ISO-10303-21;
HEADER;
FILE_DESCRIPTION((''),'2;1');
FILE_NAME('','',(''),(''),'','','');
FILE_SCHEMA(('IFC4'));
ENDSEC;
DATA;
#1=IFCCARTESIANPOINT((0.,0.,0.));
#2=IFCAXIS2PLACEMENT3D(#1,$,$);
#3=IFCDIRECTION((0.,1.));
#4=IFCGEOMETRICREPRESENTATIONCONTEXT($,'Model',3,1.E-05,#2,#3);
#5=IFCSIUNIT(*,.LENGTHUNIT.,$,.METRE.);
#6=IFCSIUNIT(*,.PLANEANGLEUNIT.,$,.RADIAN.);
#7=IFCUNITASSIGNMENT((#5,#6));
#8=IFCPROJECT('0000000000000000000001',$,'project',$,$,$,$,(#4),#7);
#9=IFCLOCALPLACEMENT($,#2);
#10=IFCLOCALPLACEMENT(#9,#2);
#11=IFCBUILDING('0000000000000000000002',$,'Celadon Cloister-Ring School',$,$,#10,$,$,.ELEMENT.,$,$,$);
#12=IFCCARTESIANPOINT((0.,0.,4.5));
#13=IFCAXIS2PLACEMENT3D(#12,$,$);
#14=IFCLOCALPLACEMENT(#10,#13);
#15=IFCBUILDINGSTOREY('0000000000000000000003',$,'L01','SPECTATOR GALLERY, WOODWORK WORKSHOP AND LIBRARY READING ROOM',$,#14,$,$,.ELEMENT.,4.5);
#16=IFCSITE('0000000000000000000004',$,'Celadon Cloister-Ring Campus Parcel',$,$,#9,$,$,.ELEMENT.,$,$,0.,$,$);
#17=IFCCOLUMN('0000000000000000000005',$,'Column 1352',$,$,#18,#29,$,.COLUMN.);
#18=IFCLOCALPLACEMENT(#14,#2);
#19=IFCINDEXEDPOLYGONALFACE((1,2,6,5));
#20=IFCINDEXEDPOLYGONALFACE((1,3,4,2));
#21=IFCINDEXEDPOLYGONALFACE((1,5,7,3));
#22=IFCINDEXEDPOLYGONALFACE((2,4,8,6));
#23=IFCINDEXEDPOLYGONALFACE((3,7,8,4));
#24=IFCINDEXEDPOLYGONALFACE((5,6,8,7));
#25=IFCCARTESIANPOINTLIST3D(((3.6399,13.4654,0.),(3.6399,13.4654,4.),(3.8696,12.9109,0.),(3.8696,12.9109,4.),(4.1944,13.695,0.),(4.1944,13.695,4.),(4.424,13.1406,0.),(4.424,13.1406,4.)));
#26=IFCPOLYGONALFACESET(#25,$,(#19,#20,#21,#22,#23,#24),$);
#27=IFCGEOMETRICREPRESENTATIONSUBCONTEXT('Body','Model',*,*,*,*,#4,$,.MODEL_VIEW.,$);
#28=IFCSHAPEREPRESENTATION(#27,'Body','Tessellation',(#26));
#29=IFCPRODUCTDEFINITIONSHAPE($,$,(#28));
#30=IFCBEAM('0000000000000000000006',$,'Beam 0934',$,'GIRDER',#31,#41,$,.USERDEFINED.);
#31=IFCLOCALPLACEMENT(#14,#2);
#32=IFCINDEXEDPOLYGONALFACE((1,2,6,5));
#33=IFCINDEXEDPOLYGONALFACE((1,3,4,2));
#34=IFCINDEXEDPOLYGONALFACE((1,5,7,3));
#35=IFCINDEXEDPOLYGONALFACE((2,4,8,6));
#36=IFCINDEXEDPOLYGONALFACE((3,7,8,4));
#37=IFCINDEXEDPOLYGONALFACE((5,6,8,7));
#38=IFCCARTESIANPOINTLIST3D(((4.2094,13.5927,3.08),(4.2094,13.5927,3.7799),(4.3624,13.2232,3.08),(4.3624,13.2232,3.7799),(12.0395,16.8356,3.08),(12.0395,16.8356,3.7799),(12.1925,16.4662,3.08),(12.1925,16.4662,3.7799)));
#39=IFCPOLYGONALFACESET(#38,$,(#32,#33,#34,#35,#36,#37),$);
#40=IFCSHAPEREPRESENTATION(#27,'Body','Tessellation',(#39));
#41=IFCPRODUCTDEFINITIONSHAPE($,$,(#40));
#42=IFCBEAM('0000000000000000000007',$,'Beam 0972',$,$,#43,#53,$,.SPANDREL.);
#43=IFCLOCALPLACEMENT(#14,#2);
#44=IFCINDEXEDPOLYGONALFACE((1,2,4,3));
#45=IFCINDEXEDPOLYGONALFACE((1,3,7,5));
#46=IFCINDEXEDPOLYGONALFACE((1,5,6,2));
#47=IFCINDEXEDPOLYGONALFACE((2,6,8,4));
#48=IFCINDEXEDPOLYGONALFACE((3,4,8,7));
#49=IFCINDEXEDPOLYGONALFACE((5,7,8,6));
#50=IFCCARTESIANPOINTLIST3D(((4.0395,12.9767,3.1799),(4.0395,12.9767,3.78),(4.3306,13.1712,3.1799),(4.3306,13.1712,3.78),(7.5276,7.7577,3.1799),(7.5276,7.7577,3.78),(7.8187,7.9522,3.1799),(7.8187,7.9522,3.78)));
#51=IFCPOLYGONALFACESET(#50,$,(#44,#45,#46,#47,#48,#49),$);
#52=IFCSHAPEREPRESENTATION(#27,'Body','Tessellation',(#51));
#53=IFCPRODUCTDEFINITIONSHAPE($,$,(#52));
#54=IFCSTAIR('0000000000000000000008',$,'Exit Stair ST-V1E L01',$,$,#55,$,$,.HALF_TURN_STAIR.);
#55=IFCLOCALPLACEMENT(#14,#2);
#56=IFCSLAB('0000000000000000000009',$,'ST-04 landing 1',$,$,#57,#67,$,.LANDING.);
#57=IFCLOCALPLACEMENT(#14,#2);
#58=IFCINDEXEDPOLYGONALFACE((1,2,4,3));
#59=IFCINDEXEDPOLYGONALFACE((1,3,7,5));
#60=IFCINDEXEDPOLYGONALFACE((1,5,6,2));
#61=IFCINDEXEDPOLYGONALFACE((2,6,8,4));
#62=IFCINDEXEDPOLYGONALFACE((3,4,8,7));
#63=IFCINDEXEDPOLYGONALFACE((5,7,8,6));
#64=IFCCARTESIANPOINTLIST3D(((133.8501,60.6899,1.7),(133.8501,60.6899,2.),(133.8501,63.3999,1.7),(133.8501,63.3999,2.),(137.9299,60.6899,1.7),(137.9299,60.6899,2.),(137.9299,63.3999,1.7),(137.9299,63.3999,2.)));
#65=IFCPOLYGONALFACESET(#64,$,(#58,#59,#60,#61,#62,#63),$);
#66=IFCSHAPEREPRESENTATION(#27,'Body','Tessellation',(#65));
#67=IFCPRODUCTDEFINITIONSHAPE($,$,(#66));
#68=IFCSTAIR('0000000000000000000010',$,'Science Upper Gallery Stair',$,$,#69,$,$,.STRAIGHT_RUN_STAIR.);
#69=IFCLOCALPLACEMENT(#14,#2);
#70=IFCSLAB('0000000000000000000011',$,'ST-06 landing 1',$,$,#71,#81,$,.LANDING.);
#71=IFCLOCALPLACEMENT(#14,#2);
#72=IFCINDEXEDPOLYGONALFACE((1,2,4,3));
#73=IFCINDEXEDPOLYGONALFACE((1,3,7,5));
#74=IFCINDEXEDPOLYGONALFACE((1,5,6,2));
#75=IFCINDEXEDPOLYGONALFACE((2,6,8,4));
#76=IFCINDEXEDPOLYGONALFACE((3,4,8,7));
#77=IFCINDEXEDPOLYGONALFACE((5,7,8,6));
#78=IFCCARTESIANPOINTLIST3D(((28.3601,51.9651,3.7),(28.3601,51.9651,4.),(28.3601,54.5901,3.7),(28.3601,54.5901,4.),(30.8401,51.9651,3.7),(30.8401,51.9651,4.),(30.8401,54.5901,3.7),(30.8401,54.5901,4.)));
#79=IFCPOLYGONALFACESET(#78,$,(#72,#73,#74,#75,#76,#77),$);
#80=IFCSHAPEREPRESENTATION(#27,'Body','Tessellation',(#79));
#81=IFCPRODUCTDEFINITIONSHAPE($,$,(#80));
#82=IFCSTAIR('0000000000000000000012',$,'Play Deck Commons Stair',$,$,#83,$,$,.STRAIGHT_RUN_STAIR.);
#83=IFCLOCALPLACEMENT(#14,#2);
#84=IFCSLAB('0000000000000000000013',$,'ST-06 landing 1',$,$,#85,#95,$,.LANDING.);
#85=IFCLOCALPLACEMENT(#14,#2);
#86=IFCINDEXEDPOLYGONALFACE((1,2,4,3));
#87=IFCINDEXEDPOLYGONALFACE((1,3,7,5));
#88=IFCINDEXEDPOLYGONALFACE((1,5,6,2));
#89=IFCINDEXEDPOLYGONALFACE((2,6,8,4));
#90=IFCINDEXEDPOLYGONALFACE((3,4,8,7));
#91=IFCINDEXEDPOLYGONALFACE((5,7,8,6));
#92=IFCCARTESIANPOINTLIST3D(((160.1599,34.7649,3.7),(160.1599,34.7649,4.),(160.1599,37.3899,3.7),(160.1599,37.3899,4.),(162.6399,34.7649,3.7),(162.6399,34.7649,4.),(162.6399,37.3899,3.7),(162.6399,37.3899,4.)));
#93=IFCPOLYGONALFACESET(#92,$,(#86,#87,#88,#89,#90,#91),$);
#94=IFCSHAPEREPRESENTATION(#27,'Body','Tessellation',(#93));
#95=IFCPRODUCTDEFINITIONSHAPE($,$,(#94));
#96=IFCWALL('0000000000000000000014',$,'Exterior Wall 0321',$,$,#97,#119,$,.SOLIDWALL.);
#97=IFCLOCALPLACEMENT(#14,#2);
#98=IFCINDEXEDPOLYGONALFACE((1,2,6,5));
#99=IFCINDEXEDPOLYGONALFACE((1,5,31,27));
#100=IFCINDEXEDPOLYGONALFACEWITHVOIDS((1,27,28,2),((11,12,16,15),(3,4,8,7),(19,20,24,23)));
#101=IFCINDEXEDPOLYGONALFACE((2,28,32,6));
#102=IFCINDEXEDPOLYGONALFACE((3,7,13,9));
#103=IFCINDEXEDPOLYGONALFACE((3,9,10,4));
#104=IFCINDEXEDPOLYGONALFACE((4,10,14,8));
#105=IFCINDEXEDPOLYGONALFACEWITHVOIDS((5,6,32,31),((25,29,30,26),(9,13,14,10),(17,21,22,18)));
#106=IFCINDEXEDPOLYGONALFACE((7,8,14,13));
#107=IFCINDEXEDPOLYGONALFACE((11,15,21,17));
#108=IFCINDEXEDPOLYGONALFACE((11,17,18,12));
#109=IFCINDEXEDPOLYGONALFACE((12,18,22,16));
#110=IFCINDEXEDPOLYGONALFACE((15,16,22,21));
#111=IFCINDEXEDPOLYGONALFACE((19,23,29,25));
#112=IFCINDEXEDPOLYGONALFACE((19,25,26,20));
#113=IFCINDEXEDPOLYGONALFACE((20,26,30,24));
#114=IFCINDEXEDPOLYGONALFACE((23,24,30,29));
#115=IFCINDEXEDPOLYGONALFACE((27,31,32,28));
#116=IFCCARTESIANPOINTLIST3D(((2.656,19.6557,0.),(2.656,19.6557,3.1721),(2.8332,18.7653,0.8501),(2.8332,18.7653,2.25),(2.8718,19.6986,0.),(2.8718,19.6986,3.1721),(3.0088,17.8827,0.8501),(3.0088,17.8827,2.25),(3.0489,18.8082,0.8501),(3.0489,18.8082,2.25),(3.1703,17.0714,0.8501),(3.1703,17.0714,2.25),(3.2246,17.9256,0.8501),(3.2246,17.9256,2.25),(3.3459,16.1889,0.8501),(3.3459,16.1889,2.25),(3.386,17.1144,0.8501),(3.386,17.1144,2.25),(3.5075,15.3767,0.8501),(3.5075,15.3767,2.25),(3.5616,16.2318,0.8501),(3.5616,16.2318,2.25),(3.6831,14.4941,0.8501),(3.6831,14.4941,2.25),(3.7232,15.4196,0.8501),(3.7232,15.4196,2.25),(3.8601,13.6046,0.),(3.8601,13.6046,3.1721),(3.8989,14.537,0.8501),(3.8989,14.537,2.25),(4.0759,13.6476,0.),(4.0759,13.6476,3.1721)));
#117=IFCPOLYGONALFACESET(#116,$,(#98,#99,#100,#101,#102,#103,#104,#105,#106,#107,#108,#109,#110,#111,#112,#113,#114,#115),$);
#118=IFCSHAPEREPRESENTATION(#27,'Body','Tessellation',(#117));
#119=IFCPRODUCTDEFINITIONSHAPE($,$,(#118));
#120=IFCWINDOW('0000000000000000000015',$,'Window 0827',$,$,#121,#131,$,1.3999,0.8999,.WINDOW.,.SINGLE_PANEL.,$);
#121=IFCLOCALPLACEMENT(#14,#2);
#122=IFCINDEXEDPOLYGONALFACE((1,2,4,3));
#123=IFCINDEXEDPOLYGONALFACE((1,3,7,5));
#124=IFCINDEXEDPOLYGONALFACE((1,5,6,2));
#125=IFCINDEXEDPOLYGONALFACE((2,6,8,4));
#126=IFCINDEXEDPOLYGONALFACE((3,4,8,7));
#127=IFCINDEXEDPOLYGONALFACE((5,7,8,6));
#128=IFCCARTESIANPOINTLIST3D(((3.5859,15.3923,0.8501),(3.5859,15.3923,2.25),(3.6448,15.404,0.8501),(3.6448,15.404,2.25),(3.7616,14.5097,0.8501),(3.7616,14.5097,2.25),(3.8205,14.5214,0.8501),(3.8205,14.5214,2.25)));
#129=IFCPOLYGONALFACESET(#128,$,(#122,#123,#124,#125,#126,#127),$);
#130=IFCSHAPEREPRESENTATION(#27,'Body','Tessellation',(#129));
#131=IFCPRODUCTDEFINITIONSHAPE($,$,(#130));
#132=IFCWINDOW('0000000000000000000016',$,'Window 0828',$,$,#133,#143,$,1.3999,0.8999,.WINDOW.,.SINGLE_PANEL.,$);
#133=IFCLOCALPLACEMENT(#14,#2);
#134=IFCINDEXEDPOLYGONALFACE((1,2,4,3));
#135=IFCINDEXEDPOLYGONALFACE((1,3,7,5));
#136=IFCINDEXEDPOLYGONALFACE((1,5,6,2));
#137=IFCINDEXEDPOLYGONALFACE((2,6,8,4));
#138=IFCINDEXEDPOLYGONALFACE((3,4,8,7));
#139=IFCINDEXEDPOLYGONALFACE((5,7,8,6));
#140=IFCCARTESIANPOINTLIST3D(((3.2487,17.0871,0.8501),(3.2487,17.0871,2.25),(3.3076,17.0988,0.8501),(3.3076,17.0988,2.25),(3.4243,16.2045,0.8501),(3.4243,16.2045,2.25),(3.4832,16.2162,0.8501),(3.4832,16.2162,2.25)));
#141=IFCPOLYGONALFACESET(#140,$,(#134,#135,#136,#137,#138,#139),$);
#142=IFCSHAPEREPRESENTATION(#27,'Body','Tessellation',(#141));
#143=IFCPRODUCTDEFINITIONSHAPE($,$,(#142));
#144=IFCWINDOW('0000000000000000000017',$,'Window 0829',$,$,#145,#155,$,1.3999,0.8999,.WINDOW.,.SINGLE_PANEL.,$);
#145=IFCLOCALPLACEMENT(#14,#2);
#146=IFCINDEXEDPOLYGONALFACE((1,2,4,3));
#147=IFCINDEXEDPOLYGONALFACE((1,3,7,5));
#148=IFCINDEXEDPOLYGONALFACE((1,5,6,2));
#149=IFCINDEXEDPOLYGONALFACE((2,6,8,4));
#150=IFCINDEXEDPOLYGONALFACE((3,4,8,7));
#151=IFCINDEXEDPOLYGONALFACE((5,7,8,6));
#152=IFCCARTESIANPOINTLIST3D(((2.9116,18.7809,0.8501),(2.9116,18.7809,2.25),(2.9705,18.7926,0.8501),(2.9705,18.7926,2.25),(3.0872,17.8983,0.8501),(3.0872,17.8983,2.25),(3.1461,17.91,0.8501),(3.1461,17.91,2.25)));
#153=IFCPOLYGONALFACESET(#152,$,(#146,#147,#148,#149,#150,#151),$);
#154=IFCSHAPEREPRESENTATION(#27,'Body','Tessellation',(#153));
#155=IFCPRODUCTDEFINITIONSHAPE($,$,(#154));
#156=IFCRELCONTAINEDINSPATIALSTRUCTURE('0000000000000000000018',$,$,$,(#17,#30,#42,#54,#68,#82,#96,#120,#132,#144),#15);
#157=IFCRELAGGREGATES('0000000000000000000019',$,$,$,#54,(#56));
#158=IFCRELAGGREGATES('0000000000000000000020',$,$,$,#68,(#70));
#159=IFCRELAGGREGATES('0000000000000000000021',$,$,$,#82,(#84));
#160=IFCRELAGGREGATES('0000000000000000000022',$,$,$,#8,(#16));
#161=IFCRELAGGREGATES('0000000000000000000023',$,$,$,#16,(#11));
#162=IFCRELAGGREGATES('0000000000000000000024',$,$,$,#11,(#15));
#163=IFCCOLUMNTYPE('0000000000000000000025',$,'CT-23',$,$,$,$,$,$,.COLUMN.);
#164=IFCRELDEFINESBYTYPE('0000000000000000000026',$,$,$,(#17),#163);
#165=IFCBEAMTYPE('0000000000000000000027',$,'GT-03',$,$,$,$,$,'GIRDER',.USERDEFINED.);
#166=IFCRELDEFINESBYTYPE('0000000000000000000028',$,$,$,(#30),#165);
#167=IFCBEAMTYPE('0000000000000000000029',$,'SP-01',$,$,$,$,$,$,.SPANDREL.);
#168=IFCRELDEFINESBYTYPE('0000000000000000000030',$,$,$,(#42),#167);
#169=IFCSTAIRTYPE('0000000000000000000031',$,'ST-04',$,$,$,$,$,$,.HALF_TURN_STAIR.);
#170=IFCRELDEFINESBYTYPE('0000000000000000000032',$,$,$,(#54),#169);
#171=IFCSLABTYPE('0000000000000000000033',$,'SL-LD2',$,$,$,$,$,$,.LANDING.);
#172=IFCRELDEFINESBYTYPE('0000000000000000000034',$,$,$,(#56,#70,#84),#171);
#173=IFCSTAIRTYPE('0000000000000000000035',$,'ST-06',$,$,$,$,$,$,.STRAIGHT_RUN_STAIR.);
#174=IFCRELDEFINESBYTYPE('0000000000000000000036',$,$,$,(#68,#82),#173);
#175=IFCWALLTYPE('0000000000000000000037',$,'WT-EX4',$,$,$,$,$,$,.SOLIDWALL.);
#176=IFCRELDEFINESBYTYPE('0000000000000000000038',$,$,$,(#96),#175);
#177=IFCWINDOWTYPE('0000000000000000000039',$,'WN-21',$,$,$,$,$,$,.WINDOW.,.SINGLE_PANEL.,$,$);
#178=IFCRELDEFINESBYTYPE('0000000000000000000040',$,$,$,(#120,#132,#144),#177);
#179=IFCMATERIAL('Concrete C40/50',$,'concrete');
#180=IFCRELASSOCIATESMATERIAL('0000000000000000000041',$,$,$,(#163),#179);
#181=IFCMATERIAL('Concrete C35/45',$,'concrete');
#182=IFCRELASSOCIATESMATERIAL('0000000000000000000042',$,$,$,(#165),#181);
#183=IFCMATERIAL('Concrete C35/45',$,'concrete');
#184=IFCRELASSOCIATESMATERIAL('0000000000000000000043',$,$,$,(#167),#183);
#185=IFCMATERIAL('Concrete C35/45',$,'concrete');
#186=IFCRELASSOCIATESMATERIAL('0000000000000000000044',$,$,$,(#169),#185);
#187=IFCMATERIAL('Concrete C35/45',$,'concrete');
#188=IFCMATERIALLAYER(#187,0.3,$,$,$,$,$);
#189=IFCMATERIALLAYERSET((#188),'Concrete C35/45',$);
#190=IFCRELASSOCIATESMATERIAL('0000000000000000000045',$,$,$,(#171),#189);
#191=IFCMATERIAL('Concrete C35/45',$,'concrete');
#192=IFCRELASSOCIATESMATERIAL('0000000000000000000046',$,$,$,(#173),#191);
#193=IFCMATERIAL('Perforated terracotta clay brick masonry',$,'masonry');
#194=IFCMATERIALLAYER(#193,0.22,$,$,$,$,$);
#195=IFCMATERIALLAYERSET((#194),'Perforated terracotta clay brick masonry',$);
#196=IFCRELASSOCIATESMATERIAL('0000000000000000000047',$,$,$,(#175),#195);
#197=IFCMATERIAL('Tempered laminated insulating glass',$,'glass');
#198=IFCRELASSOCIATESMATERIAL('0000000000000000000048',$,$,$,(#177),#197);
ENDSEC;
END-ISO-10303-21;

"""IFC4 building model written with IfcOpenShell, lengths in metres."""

from ifc_helpers import new_model, si_unit, direction, frame, frame_2d, origin, origin_2d, place, context, subcontext, project, spatial, polyline, rectangle, outline, extrude, material, layer, layer_set, material_profile, profile_set, type_object, element, fill, aggregate, save


model = new_model("IFC4")

# Units and contexts
model_context = context("Model", 3, precision=1e-05, world=origin(), true_north=direction((0.0, 1.0)))
body_context = subcontext(model_context, "Body", "Model", "MODEL_VIEW")
ifc_project = project(units=[si_unit("LENGTHUNIT", "METRE"), si_unit("PLANEANGLEUNIT", "RADIAN")], contexts=[model_context])

# Site, building, storey
site_placement = place(None, origin())
site = spatial("IfcSite", under=ifc_project, at=site_placement, Name="Celadon Cloister-Ring Campus Parcel", CompositionType="ELEMENT", RefElevation=0.0)
building_placement = place(site_placement, origin())
building = spatial("IfcBuilding", under=site, at=building_placement, Name="Celadon Cloister-Ring School", CompositionType="ELEMENT")
storey_placement = place(building_placement, frame((0.0, 0.0, 4.5)))
storey = spatial("IfcBuildingStorey", under=building, at=storey_placement, Name="L01", Description="SPECTATOR GALLERY, WOODWORK WORKSHOP AND LIBRARY READING ROOM", CompositionType="ELEMENT", Elevation=4.5)

# Column
ifc_material_1 = material(Name="Concrete C40/50", Category="concrete")
ifc_material_profile_1 = material_profile(ifc_material_1, rectangle(XDim=0.6001, YDim=0.6001, at=origin_2d()), Name="RC600X600")
ifc_profile_set_1 = profile_set([ifc_material_profile_1], Name="Concrete C40/50")
column_type = type_object("IfcColumnType", Name="CT-23", PredefinedType="COLUMN", material=ifc_profile_set_1)
column_placement = place(storey_placement, frame((4.032, 13.303, 0.0), z_axis=(0.0, 0.0, 1.0), x_axis=(-0.92388, -0.382683, 0.0)))
element("IfcColumn", 1, at=column_placement, inside=storey, type_object=column_type, Name="Column 1352", PredefinedType="COLUMN", context=body_context, shape_type="SweptSolid", body=[
    extrude(rectangle(XDim=0.6001, YDim=0.6001, at=origin_2d()), origin(), (0.0, 0.0, 1.0), 4.0),
])

# Beams
ifc_material_2 = material(Name="Concrete C35/45", Category="concrete")
ifc_material_profile_2 = material_profile(ifc_material_2, rectangle(XDim=0.3999, YDim=0.7, at=origin_2d()), Name="RC400X700")
ifc_profile_set_2 = profile_set([ifc_material_profile_2], Name="Concrete C35/45")
beam_type_1 = type_object("IfcBeamType", Name="GT-03", ElementType="GIRDER", PredefinedType="USERDEFINED", material=ifc_profile_set_2)
beam_1_placement = place(storey_placement, frame((4.2859, 13.408, 3.4299), z_axis=(0.923896, 0.382643, 0.0), x_axis=(-0.382643, 0.923896, 0.0)))
element("IfcBeam", 2, at=beam_1_placement, inside=storey, type_object=beam_type_1, Name="Beam 0934", ObjectType="GIRDER", PredefinedType="USERDEFINED", context=body_context, shape_type="SweptSolid", body=[
    extrude(rectangle(XDim=0.3999, YDim=0.7, at=origin_2d()), origin(), (0.0, 0.0, 1.0), 8.4751),
])
ifc_material_3 = material(Name="Concrete C35/45", Category="concrete")
ifc_material_profile_3 = material_profile(ifc_material_3, rectangle(XDim=0.3501, YDim=0.6001, at=origin_2d()), Name="RC350X600")
ifc_profile_set_3 = profile_set([ifc_material_profile_3], Name="Concrete C35/45")
beam_type_2 = type_object("IfcBeamType", Name="SP-01", PredefinedType="SPANDREL", material=ifc_profile_set_3)
beam_2_placement = place(storey_placement, frame((4.1851, 13.074, 3.48), z_axis=(0.55566, -0.83141, 0.0), x_axis=(0.83141, 0.55566, 0.0)))
element("IfcBeam", 3, at=beam_2_placement, inside=storey, type_object=beam_type_2, Name="Beam 0972", PredefinedType="SPANDREL", context=body_context, shape_type="SweptSolid", body=[
    extrude(rectangle(XDim=0.3501, YDim=0.6001, at=origin_2d()), origin(), (0.0, 0.0, 1.0), 6.2773),
])

# Stairs, slabs
ifc_material_4 = material(Name="Concrete C35/45", Category="concrete")
stair_type_1 = type_object("IfcStairType", Name="ST-04", PredefinedType="HALF_TURN_STAIR", material=ifc_material_4)
stair_1_placement = place(storey_placement, origin())
stair_1 = element("IfcStair", 4, at=stair_1_placement, inside=storey, type_object=stair_type_1, Name="Exit Stair ST-V1E L01", PredefinedType="HALF_TURN_STAIR")
ifc_material_5 = material(Name="Concrete C35/45", Category="concrete")
ifc_layer_1 = layer(ifc_material_5, 0.3)
ifc_layer_set_1 = layer_set([ifc_layer_1], Name="Concrete C35/45")
slab_type = type_object("IfcSlabType", Name="SL-LD2", PredefinedType="LANDING", material=ifc_layer_set_1)
slab_1_placement = place(storey_placement, frame((0.0, 0.0, 1.7)))
slab_1 = element("IfcSlab", 5, at=slab_1_placement, type_object=slab_type, Name="ST-04 landing 1", PredefinedType="LANDING", context=body_context, shape_type="SweptSolid", body=[
    extrude(outline(polyline([(133.8501, 60.6899), (137.9299, 60.6899), (137.9299, 63.3999), (133.8501, 63.3999), (133.8501, 60.6899)])), origin(), (0.0, 0.0, 1.0), 0.3),
])
aggregate(stair_1, [slab_1])
ifc_material_6 = material(Name="Concrete C35/45", Category="concrete")
stair_type_2 = type_object("IfcStairType", Name="ST-06", PredefinedType="STRAIGHT_RUN_STAIR", material=ifc_material_6)
stair_2_placement = place(storey_placement, origin())
stair_2 = element("IfcStair", 6, at=stair_2_placement, inside=storey, type_object=stair_type_2, Name="Science Upper Gallery Stair", PredefinedType="STRAIGHT_RUN_STAIR")
slab_2_placement = place(storey_placement, frame((0.0, 0.0, 3.7)))
slab_2 = element("IfcSlab", 7, at=slab_2_placement, type_object=slab_type, Name="ST-06 landing 1", PredefinedType="LANDING", context=body_context, shape_type="SweptSolid", body=[
    extrude(outline(polyline([(28.3601, 51.9651), (30.8401, 51.9651), (30.8401, 54.5901), (28.3601, 54.5901), (28.3601, 51.9651)])), origin(), (0.0, 0.0, 1.0), 0.3),
])
aggregate(stair_2, [slab_2])
stair_3_placement = place(storey_placement, origin())
stair_3 = element("IfcStair", 8, at=stair_3_placement, inside=storey, type_object=stair_type_2, Name="Play Deck Commons Stair", PredefinedType="STRAIGHT_RUN_STAIR")
slab_3_placement = place(storey_placement, frame((0.0, 0.0, 3.7)))
slab_3 = element("IfcSlab", 9, at=slab_3_placement, type_object=slab_type, Name="ST-06 landing 1", PredefinedType="LANDING", context=body_context, shape_type="SweptSolid", body=[
    extrude(outline(polyline([(160.1599, 34.7649), (162.6399, 34.7649), (162.6399, 37.3899), (160.1599, 37.3899), (160.1599, 34.7649)])), origin(), (0.0, 0.0, 1.0), 0.3),
])
aggregate(stair_3, [slab_3])

# Wall, openings, windows
ifc_material_7 = material(Name="Perforated terracotta clay brick masonry", Category="masonry")
ifc_layer_2 = layer(ifc_material_7, 0.22)
ifc_layer_set_2 = layer_set([ifc_layer_2], Name="Perforated terracotta clay brick masonry")
wall_type = type_object("IfcWallType", Name="WT-EX4", PredefinedType="SOLIDWALL", material=ifc_layer_set_2)
wall_placement = place(storey_placement, frame((3.968, 13.626, 0.0), z_axis=(0.0, 0.0, 1.0), x_axis=(-0.195165, 0.98077, 0.0)))
wall = element("IfcWall", 10, at=wall_placement, inside=storey, type_object=wall_type, Name="Exterior Wall 0321", PredefinedType="SOLIDWALL", context=body_context, shape_type="SweptSolid", body=[
    extrude(rectangle(XDim=6.1697, YDim=0.22, at=frame_2d((3.085, 0.0))), origin(), (0.0, 0.0, 1.0), 3.1721),
])
opening_1_placement = place(wall_placement, frame((0.907, 0.0, 0.8501)))
opening_1 = element("IfcOpeningElement", 11, at=opening_1_placement, cuts=wall, PredefinedType="OPENING", context=body_context, shape_type="SweptSolid", body=[
    extrude(rectangle(XDim=0.8999, YDim=1.3999, at=frame_2d((0.45, 0.7))), frame((0.0, 0.1201, 0.0), z_axis=(0.0, -1.0, 0.0), x_axis=(1.0, 0.0, 0.0)), (0.0, 0.0, 1.0), 0.24),
])
opening_2_placement = place(wall_placement, frame((2.635, 0.0, 0.8501)))
opening_2 = element("IfcOpeningElement", 12, at=opening_2_placement, cuts=wall, PredefinedType="OPENING", context=body_context, shape_type="SweptSolid", body=[
    extrude(rectangle(XDim=0.8999, YDim=1.3999, at=frame_2d((0.45, 0.7))), frame((0.0, 0.1201, 0.0), z_axis=(0.0, -1.0, 0.0), x_axis=(1.0, 0.0, 0.0)), (0.0, 0.0, 1.0), 0.24),
])
opening_3_placement = place(wall_placement, frame((4.3621, 0.0, 0.8501)))
opening_3 = element("IfcOpeningElement", 13, at=opening_3_placement, cuts=wall, PredefinedType="OPENING", context=body_context, shape_type="SweptSolid", body=[
    extrude(rectangle(XDim=0.8999, YDim=1.3999, at=frame_2d((0.45, 0.7))), frame((0.0, 0.1201, 0.0), z_axis=(0.0, -1.0, 0.0), x_axis=(1.0, 0.0, 0.0)), (0.0, 0.0, 1.0), 0.24),
])
ifc_material_8 = material(Name="Tempered laminated insulating glass", Category="glass")
window_type = type_object("IfcWindowType", Name="WN-21", PartitioningType="SINGLE_PANEL", PredefinedType="WINDOW", material=ifc_material_8)
window_1_placement = place(opening_1_placement, origin())
window_1 = element("IfcWindow", 14, at=window_1_placement, inside=storey, type_object=window_type, Name="Window 0827", OverallHeight=1.3999, OverallWidth=0.8999, PartitioningType="SINGLE_PANEL", PredefinedType="WINDOW", context=body_context, shape_type="SweptSolid", body=[
    extrude(rectangle(XDim=0.8999, YDim=1.3999, at=frame_2d((0.45, 0.7))), frame((0.0, 0.03, 0.0), z_axis=(0.0, -1.0, 0.0), x_axis=(1.0, 0.0, 0.0)), (0.0, 0.0, 1.0), 0.0601),
])
fill(opening_1, window_1)
window_2_placement = place(opening_2_placement, origin())
window_2 = element("IfcWindow", 15, at=window_2_placement, inside=storey, type_object=window_type, Name="Window 0828", OverallHeight=1.3999, OverallWidth=0.8999, PartitioningType="SINGLE_PANEL", PredefinedType="WINDOW", context=body_context, shape_type="SweptSolid", body=[
    extrude(rectangle(XDim=0.8999, YDim=1.3999, at=frame_2d((0.45, 0.7))), frame((0.0, 0.03, 0.0), z_axis=(0.0, -1.0, 0.0), x_axis=(1.0, 0.0, 0.0)), (0.0, 0.0, 1.0), 0.0601),
])
fill(opening_2, window_2)
window_3_placement = place(opening_3_placement, origin())
window_3 = element("IfcWindow", 16, at=window_3_placement, inside=storey, type_object=window_type, Name="Window 0829", OverallHeight=1.3999, OverallWidth=0.8999, PartitioningType="SINGLE_PANEL", PredefinedType="WINDOW", context=body_context, shape_type="SweptSolid", body=[
    extrude(rectangle(XDim=0.8999, YDim=1.3999, at=frame_2d((0.45, 0.7))), frame((0.0, 0.03, 0.0), z_axis=(0.0, -1.0, 0.0), x_axis=(1.0, 0.0, 0.0)), (0.0, 0.0, 1.0), 0.0601),
])
fill(opening_3, window_3)

save(model, "model.ifc")
